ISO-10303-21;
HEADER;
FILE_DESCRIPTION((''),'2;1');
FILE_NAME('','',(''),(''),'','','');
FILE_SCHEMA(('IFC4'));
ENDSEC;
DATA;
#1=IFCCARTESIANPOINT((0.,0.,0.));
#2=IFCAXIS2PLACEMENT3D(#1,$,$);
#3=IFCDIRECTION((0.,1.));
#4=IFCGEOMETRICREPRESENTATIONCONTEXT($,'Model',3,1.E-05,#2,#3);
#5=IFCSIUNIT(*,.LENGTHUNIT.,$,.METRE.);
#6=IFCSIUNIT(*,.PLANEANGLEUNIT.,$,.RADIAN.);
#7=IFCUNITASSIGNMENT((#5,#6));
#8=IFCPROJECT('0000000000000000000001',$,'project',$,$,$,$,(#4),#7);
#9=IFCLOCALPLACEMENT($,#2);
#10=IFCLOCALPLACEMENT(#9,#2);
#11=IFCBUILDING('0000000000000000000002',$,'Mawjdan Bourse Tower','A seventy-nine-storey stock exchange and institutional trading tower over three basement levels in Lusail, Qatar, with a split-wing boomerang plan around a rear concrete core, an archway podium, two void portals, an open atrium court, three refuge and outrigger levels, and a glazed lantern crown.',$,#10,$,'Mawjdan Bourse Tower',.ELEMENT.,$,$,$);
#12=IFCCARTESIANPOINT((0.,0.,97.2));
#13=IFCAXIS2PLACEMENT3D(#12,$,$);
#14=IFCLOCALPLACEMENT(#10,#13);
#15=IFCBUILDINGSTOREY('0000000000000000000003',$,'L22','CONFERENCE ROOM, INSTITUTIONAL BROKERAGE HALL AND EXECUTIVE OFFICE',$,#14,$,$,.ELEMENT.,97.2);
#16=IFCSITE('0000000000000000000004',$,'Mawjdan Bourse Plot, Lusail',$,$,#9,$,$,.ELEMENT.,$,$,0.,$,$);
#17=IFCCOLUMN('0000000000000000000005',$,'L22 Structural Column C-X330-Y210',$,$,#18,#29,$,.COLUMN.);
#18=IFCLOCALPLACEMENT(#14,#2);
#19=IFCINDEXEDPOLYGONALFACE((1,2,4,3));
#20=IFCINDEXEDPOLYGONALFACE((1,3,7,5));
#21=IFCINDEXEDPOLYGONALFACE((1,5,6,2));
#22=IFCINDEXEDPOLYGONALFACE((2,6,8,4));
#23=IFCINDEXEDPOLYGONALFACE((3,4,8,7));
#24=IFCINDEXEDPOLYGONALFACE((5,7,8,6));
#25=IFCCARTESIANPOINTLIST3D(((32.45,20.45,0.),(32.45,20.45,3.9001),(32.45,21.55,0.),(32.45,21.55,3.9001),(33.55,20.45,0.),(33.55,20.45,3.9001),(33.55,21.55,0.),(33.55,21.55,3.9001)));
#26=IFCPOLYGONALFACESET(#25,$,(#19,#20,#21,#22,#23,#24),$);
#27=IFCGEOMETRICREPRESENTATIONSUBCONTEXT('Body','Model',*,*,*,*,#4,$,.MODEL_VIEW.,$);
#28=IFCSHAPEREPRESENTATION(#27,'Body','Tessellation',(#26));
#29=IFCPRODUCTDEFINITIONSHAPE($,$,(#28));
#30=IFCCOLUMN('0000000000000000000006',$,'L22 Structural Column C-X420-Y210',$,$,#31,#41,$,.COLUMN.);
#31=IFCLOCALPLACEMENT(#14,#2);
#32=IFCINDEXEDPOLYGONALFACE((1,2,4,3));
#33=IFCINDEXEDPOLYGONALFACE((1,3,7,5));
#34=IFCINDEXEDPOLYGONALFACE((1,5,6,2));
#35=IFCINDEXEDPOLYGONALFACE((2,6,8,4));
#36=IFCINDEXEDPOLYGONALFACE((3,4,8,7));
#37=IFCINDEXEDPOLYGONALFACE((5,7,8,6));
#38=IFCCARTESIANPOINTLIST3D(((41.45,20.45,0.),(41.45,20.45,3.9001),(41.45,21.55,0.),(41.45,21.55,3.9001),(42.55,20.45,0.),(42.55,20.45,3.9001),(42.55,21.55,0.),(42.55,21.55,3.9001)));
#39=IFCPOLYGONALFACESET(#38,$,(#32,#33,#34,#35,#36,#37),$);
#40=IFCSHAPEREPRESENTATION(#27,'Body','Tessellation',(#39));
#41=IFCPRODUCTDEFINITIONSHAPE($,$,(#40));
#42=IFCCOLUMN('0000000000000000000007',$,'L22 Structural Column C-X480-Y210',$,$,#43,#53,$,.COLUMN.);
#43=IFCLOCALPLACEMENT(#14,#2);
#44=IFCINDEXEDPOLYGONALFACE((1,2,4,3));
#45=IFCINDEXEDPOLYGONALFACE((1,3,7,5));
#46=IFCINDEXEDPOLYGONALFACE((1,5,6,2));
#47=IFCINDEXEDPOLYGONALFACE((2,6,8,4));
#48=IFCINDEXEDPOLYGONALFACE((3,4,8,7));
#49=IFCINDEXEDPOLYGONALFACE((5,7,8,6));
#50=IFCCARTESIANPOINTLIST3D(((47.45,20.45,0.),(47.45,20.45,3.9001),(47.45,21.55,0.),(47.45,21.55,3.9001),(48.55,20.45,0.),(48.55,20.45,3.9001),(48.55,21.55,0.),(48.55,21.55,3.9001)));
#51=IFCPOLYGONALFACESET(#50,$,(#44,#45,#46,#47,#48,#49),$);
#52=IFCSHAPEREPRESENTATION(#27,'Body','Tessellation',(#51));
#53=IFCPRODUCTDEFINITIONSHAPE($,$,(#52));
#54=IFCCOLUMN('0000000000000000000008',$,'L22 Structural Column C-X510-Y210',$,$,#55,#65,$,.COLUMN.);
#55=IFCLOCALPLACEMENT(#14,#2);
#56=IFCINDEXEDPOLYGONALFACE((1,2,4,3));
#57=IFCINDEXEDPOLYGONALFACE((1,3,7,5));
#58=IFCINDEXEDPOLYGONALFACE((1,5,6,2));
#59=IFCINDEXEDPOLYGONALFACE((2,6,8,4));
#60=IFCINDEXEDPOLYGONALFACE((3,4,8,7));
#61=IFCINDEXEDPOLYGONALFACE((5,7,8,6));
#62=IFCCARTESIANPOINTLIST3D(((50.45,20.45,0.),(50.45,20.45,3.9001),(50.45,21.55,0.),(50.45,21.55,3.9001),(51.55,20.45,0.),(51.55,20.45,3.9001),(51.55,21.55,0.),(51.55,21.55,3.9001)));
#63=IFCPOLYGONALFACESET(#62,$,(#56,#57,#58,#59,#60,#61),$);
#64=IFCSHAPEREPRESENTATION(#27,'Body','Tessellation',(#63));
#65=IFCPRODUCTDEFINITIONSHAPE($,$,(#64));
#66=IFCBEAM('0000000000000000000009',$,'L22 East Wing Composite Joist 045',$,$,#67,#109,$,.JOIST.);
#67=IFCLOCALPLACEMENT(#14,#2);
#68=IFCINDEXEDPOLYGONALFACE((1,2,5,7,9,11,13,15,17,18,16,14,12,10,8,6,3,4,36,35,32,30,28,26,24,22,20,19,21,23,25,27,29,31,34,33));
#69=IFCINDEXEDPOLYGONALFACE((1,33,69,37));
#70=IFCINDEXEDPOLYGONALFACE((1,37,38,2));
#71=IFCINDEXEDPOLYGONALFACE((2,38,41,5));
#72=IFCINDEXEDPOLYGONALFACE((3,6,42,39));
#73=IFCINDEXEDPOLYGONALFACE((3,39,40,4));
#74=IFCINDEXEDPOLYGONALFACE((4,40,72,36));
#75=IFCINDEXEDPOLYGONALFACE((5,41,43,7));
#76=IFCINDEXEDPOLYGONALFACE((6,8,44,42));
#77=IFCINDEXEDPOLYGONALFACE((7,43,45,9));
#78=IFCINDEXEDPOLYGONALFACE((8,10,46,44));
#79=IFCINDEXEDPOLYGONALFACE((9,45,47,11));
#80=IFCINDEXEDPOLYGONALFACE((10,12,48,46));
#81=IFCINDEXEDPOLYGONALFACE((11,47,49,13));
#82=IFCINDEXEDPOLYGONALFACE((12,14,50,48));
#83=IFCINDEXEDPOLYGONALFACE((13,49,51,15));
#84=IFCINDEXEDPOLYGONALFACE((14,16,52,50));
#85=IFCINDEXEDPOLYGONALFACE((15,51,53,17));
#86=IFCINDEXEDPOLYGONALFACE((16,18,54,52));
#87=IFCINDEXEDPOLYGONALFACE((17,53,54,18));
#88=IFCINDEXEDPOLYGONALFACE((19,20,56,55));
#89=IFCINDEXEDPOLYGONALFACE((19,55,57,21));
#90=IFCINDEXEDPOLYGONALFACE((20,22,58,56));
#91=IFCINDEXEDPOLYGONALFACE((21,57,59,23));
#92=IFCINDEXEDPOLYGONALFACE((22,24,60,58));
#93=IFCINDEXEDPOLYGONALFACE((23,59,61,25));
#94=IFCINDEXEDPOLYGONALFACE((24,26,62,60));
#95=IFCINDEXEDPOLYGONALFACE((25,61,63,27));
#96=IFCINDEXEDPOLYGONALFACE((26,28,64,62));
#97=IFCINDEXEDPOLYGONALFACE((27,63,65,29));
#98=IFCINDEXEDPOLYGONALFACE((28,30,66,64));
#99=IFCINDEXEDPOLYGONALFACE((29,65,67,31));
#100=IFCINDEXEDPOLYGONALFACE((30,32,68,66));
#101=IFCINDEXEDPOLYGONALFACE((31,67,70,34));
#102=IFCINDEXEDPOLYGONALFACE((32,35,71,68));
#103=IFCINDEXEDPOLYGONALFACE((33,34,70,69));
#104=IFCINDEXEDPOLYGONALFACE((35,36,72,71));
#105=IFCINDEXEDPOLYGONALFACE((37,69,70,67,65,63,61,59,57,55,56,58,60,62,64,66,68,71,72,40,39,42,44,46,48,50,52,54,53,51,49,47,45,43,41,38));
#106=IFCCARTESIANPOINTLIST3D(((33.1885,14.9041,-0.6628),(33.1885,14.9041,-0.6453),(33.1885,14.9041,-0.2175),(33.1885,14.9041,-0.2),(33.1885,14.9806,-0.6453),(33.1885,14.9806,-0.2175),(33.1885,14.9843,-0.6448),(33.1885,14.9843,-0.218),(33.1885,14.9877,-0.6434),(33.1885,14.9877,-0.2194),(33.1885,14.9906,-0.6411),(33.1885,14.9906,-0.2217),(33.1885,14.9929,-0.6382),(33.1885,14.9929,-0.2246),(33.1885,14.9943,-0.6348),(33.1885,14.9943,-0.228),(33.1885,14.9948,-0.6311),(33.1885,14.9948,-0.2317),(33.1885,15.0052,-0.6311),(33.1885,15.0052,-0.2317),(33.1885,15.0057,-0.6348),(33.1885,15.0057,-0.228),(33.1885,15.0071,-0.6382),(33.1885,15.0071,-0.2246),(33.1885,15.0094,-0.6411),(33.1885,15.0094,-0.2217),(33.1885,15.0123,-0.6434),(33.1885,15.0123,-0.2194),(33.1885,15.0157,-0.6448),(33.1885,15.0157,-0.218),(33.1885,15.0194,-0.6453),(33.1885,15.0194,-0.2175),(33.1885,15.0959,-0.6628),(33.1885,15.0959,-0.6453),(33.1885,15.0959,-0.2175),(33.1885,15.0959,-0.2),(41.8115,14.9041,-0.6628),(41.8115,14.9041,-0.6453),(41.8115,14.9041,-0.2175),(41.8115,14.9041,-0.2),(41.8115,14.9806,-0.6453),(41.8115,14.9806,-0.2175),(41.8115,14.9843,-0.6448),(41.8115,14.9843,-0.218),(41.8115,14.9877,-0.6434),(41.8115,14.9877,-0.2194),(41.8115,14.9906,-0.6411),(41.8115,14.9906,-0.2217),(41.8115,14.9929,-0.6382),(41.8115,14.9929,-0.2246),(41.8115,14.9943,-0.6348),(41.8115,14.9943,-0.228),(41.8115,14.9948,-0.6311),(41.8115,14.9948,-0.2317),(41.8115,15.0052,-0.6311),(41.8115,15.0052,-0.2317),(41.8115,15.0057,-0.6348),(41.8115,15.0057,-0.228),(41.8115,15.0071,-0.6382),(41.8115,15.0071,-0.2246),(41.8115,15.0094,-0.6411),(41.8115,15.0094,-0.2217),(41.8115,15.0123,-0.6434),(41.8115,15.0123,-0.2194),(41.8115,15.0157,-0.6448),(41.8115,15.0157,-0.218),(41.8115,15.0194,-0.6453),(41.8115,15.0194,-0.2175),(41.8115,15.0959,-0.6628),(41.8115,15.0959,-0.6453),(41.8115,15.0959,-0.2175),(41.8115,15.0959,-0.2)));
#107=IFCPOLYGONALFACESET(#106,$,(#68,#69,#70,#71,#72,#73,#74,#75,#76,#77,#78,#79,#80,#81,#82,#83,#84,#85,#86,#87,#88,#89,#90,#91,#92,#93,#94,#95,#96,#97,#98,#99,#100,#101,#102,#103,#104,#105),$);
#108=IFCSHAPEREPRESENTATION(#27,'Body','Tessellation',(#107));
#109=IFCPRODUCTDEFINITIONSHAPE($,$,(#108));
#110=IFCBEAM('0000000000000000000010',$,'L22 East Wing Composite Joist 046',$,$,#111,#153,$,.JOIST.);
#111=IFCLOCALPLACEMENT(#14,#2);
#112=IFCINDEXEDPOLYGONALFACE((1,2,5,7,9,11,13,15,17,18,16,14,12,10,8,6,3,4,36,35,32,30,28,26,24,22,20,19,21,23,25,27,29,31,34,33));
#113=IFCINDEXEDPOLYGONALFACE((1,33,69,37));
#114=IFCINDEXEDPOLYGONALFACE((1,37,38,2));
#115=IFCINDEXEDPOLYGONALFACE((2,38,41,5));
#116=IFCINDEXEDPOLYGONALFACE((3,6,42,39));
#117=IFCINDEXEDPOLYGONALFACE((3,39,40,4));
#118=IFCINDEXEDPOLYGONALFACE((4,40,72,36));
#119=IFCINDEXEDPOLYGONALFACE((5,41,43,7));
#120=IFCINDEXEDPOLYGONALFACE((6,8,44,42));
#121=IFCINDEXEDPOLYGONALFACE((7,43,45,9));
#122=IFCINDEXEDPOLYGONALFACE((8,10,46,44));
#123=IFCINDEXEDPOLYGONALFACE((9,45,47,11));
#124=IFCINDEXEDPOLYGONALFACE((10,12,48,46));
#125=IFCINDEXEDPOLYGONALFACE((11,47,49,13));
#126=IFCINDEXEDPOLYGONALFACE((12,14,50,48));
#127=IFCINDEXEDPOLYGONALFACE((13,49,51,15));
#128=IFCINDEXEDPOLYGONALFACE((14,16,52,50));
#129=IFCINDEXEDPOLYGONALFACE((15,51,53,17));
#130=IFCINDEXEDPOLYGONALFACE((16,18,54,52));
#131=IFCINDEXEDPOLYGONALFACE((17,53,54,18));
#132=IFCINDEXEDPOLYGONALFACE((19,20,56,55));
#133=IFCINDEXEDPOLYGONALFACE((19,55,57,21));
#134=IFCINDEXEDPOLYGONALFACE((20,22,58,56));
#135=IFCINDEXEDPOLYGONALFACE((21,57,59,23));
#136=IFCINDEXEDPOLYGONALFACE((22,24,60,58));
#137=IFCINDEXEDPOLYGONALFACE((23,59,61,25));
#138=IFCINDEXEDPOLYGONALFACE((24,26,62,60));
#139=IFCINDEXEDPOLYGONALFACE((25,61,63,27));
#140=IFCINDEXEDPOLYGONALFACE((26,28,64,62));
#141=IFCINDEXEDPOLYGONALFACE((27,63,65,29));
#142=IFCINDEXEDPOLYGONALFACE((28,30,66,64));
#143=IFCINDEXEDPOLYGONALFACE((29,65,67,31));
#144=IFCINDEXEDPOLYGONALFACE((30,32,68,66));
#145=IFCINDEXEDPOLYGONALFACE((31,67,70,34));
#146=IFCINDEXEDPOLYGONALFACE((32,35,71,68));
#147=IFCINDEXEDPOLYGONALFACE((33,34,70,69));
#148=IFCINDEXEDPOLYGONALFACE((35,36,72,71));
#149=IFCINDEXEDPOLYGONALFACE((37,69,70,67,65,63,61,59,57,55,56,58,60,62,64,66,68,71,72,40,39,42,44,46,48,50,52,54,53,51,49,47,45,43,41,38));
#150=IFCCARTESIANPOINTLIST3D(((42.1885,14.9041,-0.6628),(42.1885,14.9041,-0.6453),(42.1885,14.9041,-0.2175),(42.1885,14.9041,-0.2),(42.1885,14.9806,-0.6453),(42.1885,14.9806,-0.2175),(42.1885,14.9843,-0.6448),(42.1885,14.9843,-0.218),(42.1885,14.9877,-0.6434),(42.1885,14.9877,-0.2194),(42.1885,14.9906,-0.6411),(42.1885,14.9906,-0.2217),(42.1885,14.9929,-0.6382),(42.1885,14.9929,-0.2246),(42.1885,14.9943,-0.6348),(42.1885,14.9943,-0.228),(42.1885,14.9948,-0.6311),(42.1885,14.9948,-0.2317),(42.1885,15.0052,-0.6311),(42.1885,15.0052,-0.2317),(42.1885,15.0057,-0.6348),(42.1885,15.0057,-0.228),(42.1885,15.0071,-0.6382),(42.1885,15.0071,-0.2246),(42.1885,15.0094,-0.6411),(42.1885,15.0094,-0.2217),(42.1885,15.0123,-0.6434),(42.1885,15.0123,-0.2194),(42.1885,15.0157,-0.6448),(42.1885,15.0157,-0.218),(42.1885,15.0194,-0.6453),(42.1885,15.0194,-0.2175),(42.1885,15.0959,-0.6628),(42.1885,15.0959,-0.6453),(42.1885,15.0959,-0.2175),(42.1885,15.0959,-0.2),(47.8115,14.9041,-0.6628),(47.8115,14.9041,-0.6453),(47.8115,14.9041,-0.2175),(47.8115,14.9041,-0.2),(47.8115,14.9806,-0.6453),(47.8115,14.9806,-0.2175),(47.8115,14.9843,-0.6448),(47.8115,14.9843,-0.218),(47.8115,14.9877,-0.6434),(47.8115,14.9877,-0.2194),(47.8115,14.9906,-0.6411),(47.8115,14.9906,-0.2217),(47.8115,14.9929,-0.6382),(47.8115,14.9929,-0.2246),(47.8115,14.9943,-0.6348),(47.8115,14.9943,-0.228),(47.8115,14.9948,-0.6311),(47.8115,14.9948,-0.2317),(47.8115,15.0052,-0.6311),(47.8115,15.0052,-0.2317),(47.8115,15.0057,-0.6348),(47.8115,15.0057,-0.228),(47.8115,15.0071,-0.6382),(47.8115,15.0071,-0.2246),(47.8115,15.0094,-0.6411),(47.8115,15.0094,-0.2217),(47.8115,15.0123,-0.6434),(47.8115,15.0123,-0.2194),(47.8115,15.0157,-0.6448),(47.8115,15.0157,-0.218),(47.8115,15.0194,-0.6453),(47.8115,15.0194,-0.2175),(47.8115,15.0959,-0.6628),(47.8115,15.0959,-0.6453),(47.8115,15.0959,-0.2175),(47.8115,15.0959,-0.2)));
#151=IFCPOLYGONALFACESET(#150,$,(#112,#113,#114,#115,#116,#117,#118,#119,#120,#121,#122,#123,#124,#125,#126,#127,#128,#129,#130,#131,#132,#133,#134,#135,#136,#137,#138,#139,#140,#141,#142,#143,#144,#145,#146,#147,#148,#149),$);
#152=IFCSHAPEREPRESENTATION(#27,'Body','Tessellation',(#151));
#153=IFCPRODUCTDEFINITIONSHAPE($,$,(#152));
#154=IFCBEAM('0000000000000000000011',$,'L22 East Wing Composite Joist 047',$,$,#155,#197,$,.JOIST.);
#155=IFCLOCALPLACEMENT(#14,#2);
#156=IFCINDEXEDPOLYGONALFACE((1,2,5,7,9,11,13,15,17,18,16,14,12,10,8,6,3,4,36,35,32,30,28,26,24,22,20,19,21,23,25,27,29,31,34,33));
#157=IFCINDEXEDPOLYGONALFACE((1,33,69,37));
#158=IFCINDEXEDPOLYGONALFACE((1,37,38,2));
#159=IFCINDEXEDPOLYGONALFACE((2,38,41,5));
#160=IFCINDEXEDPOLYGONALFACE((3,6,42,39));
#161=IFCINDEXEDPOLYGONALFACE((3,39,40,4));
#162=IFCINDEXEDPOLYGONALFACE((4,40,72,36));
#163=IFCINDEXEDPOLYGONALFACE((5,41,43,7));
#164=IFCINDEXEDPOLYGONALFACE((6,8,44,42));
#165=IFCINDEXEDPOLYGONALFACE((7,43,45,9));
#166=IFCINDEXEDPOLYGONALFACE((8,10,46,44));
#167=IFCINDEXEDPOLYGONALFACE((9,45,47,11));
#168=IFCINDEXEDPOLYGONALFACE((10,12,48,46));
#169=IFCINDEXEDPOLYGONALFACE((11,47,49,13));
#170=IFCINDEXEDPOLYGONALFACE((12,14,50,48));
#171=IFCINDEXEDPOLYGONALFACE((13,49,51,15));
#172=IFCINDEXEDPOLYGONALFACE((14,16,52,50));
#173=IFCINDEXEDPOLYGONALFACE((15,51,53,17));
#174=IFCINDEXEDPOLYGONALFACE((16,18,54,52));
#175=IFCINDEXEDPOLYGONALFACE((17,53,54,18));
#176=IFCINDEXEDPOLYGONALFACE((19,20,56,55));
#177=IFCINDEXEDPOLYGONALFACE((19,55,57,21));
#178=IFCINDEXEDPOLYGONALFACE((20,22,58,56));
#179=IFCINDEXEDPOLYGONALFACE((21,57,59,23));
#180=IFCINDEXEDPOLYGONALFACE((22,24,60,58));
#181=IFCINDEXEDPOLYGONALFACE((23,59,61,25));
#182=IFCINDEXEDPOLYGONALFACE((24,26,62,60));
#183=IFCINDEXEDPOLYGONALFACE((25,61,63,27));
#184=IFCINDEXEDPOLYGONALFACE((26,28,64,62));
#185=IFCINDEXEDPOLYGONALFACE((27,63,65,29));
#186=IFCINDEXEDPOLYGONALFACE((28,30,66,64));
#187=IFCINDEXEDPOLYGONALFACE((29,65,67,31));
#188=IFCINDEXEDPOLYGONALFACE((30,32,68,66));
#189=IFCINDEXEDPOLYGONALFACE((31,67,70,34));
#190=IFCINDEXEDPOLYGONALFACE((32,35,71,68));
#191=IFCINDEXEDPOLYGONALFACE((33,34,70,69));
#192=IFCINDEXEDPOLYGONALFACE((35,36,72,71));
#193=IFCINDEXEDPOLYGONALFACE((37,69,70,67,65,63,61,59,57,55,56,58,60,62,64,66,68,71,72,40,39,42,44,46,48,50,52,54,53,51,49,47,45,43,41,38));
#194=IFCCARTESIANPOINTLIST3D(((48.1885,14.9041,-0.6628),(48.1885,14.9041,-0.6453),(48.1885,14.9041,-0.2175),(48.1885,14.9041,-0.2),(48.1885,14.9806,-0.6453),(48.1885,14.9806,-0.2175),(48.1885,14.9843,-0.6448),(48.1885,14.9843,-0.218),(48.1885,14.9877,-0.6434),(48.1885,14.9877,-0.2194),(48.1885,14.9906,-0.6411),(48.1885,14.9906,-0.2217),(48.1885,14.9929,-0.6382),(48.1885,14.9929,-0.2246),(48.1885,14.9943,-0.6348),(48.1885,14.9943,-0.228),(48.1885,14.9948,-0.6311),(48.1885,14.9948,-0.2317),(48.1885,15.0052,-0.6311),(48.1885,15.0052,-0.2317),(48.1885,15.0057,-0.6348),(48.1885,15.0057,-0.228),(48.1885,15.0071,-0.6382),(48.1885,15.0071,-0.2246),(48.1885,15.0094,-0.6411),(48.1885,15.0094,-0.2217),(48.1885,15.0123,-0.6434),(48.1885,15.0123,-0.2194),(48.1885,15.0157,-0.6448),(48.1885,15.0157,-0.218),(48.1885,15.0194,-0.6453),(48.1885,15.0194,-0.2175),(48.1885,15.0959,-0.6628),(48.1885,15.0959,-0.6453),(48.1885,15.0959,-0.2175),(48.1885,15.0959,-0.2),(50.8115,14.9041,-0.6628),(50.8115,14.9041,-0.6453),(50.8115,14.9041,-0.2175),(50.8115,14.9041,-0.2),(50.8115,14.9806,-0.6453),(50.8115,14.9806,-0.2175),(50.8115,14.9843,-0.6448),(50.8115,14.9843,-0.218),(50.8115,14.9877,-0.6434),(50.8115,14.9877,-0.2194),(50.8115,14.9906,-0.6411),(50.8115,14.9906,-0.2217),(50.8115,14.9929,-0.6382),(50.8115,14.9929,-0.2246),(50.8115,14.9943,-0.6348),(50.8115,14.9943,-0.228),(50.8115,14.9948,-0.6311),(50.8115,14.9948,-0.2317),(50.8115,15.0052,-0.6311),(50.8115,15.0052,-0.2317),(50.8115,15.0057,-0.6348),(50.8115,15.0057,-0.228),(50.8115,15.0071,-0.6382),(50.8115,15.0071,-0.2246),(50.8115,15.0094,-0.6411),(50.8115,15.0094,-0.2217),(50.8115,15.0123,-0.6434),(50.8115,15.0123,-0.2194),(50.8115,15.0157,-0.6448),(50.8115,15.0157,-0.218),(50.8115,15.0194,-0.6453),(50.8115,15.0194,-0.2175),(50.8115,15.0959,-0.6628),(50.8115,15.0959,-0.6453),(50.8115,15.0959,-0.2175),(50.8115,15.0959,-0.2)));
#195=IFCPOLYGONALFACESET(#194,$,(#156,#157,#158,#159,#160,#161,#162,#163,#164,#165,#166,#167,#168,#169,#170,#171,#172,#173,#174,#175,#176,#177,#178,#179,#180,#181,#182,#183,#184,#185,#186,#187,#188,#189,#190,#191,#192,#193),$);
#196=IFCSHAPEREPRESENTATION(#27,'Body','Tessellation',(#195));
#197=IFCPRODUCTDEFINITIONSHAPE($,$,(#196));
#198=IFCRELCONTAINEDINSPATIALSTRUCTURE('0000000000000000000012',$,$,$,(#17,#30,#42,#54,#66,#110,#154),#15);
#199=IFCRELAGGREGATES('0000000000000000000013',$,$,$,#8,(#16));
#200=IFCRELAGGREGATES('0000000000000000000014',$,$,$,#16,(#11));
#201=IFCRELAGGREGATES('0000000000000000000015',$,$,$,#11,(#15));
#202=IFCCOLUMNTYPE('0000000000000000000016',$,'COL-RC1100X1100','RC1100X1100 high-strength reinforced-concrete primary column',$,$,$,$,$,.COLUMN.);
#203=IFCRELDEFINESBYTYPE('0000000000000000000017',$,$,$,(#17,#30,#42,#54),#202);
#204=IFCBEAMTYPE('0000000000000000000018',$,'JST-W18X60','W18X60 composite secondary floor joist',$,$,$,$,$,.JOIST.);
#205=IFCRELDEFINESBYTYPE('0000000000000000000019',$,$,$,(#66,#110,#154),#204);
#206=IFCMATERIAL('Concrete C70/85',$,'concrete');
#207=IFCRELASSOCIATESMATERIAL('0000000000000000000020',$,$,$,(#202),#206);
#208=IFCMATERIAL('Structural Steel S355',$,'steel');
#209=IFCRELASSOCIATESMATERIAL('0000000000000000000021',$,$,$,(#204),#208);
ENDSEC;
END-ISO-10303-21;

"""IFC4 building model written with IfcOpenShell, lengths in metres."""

from ifc_helpers import new_model, si_unit, direction, frame, origin, origin_2d, place, context, subcontext, project, spatial, rectangle, i_section, extrude, material, material_profile, profile_set, type_object, element, save


model = new_model("IFC4")

# Units and contexts
model_context = context("Model", 3, precision=1e-05, world=origin(), true_north=direction((0.0, 1.0)))
body_context = subcontext(model_context, "Body", "Model", "MODEL_VIEW")
ifc_project = project(units=[si_unit("LENGTHUNIT", "METRE"), si_unit("PLANEANGLEUNIT", "RADIAN")], contexts=[model_context])

# Site, building, storey
site_placement = place(None, origin())
site = spatial("IfcSite", under=ifc_project, at=site_placement, Name="Mawjdan Bourse Plot, Lusail", CompositionType="ELEMENT", RefElevation=0.0)
building_placement = place(site_placement, origin())
building = spatial("IfcBuilding", under=site, at=building_placement, Name="Mawjdan Bourse Tower", Description="A seventy-nine-storey stock exchange and institutional trading tower over three basement levels in Lusail, Qatar, with a split-wing boomerang plan around a rear concrete core, an archway podium, two void portals, an open atrium court, three refuge and outrigger levels, and a glazed lantern crown.", LongName="Mawjdan Bourse Tower", CompositionType="ELEMENT")
storey_placement = place(building_placement, frame((0.0, 0.0, 97.2)))
storey = spatial("IfcBuildingStorey", under=building, at=storey_placement, Name="L22", Description="CONFERENCE ROOM, INSTITUTIONAL BROKERAGE HALL AND EXECUTIVE OFFICE", CompositionType="ELEMENT", Elevation=97.2)

# Columns
ifc_material_1 = material(Name="Concrete C70/85", Category="concrete")
ifc_material_profile_1 = material_profile(ifc_material_1, rectangle(XDim=1.1001, YDim=1.1001, at=origin_2d()), Name="RC1100X1100")
ifc_profile_set_1 = profile_set([ifc_material_profile_1], Name="Concrete C70/85")
column_type = type_object("IfcColumnType", Name="COL-RC1100X1100", Description="RC1100X1100 high-strength reinforced-concrete primary column", PredefinedType="COLUMN", material=ifc_profile_set_1)
for number, where, z_axis, x_axis, name in (
    (1, (33.0, 21.0, 0.0), (0.0, 0.0, 1.0), (1.0, 0.0, 0.0), "L22 Structural Column C-X330-Y210"),
    (2, (42.0, 21.0, 0.0), (0.0, 0.0, 1.0), (1.0, 0.0, 0.0), "L22 Structural Column C-X420-Y210"),
    (3, (48.0, 21.0, 0.0), (0.0, 0.0, 1.0), (1.0, 0.0, 0.0), "L22 Structural Column C-X480-Y210"),
    (4, (51.0, 21.0, 0.0), (0.0, 0.0, 1.0), (1.0, 0.0, 0.0), "L22 Structural Column C-X510-Y210"),
):
    element("IfcColumn", number, at=place(storey_placement, frame(where, z_axis=z_axis, x_axis=x_axis)), inside=storey, type_object=column_type, Name=name, PredefinedType="COLUMN", context=body_context, shape_type="SweptSolid", body=[
        extrude(rectangle(XDim=1.1001, YDim=1.1001, at=origin_2d()), origin(), (0.0, 0.0, 1.0), 3.9001),
    ])

# Beams
ifc_material_2 = material(Name="Structural Steel S355", Category="steel")
ifc_material_profile_2 = material_profile(ifc_material_2, i_section(OverallWidth=0.1919, OverallDepth=0.4629, WebThickness=0.0105, FlangeThickness=0.0176, FilletRadius=0.0142, at=origin_2d()), Name="W18X60")
ifc_profile_set_2 = profile_set([ifc_material_profile_2], Name="Structural Steel S355")
beam_type_1 = type_object("IfcBeamType", Name="JST-W18X60", Description="W18X60 composite secondary floor joist", PredefinedType="JOIST", material=ifc_profile_set_2)
beam_1_placement = place(storey_placement, frame((33.1885, 15.0, -0.4314), z_axis=(1.0, 0.0, 0.0), x_axis=(0.0, 1.0, 0.0)))
element("IfcBeam", 5, at=beam_1_placement, inside=storey, type_object=beam_type_1, Name="L22 East Wing Composite Joist 045", PredefinedType="JOIST", context=body_context, shape_type="SweptSolid", body=[
    extrude(i_section(OverallWidth=0.1919, OverallDepth=0.4629, WebThickness=0.0105, FlangeThickness=0.0176, FilletRadius=0.0142, at=origin_2d()), origin(), (0.0, 0.0, 1.0), 8.623),
])
beam_2_placement = place(storey_placement, frame((42.1885, 15.0, -0.4314), z_axis=(1.0, 0.0, 0.0), x_axis=(0.0, 1.0, 0.0)))
element("IfcBeam", 6, at=beam_2_placement, inside=storey, type_object=beam_type_1, Name="L22 East Wing Composite Joist 046", PredefinedType="JOIST", context=body_context, shape_type="SweptSolid", body=[
    extrude(i_section(OverallWidth=0.1919, OverallDepth=0.4629, WebThickness=0.0105, FlangeThickness=0.0176, FilletRadius=0.0142, at=origin_2d()), origin(), (0.0, 0.0, 1.0), 5.623),
])
beam_3_placement = place(storey_placement, frame((48.1885, 15.0, -0.4314), z_axis=(1.0, 0.0, 0.0), x_axis=(0.0, 1.0, 0.0)))
element("IfcBeam", 7, at=beam_3_placement, inside=storey, type_object=beam_type_1, Name="L22 East Wing Composite Joist 047", PredefinedType="JOIST", context=body_context, shape_type="SweptSolid", body=[
    extrude(i_section(OverallWidth=0.1919, OverallDepth=0.4629, WebThickness=0.0105, FlangeThickness=0.0176, FilletRadius=0.0142, at=origin_2d()), origin(), (0.0, 0.0, 1.0), 2.623),
])

save(model, "model.ifc")
